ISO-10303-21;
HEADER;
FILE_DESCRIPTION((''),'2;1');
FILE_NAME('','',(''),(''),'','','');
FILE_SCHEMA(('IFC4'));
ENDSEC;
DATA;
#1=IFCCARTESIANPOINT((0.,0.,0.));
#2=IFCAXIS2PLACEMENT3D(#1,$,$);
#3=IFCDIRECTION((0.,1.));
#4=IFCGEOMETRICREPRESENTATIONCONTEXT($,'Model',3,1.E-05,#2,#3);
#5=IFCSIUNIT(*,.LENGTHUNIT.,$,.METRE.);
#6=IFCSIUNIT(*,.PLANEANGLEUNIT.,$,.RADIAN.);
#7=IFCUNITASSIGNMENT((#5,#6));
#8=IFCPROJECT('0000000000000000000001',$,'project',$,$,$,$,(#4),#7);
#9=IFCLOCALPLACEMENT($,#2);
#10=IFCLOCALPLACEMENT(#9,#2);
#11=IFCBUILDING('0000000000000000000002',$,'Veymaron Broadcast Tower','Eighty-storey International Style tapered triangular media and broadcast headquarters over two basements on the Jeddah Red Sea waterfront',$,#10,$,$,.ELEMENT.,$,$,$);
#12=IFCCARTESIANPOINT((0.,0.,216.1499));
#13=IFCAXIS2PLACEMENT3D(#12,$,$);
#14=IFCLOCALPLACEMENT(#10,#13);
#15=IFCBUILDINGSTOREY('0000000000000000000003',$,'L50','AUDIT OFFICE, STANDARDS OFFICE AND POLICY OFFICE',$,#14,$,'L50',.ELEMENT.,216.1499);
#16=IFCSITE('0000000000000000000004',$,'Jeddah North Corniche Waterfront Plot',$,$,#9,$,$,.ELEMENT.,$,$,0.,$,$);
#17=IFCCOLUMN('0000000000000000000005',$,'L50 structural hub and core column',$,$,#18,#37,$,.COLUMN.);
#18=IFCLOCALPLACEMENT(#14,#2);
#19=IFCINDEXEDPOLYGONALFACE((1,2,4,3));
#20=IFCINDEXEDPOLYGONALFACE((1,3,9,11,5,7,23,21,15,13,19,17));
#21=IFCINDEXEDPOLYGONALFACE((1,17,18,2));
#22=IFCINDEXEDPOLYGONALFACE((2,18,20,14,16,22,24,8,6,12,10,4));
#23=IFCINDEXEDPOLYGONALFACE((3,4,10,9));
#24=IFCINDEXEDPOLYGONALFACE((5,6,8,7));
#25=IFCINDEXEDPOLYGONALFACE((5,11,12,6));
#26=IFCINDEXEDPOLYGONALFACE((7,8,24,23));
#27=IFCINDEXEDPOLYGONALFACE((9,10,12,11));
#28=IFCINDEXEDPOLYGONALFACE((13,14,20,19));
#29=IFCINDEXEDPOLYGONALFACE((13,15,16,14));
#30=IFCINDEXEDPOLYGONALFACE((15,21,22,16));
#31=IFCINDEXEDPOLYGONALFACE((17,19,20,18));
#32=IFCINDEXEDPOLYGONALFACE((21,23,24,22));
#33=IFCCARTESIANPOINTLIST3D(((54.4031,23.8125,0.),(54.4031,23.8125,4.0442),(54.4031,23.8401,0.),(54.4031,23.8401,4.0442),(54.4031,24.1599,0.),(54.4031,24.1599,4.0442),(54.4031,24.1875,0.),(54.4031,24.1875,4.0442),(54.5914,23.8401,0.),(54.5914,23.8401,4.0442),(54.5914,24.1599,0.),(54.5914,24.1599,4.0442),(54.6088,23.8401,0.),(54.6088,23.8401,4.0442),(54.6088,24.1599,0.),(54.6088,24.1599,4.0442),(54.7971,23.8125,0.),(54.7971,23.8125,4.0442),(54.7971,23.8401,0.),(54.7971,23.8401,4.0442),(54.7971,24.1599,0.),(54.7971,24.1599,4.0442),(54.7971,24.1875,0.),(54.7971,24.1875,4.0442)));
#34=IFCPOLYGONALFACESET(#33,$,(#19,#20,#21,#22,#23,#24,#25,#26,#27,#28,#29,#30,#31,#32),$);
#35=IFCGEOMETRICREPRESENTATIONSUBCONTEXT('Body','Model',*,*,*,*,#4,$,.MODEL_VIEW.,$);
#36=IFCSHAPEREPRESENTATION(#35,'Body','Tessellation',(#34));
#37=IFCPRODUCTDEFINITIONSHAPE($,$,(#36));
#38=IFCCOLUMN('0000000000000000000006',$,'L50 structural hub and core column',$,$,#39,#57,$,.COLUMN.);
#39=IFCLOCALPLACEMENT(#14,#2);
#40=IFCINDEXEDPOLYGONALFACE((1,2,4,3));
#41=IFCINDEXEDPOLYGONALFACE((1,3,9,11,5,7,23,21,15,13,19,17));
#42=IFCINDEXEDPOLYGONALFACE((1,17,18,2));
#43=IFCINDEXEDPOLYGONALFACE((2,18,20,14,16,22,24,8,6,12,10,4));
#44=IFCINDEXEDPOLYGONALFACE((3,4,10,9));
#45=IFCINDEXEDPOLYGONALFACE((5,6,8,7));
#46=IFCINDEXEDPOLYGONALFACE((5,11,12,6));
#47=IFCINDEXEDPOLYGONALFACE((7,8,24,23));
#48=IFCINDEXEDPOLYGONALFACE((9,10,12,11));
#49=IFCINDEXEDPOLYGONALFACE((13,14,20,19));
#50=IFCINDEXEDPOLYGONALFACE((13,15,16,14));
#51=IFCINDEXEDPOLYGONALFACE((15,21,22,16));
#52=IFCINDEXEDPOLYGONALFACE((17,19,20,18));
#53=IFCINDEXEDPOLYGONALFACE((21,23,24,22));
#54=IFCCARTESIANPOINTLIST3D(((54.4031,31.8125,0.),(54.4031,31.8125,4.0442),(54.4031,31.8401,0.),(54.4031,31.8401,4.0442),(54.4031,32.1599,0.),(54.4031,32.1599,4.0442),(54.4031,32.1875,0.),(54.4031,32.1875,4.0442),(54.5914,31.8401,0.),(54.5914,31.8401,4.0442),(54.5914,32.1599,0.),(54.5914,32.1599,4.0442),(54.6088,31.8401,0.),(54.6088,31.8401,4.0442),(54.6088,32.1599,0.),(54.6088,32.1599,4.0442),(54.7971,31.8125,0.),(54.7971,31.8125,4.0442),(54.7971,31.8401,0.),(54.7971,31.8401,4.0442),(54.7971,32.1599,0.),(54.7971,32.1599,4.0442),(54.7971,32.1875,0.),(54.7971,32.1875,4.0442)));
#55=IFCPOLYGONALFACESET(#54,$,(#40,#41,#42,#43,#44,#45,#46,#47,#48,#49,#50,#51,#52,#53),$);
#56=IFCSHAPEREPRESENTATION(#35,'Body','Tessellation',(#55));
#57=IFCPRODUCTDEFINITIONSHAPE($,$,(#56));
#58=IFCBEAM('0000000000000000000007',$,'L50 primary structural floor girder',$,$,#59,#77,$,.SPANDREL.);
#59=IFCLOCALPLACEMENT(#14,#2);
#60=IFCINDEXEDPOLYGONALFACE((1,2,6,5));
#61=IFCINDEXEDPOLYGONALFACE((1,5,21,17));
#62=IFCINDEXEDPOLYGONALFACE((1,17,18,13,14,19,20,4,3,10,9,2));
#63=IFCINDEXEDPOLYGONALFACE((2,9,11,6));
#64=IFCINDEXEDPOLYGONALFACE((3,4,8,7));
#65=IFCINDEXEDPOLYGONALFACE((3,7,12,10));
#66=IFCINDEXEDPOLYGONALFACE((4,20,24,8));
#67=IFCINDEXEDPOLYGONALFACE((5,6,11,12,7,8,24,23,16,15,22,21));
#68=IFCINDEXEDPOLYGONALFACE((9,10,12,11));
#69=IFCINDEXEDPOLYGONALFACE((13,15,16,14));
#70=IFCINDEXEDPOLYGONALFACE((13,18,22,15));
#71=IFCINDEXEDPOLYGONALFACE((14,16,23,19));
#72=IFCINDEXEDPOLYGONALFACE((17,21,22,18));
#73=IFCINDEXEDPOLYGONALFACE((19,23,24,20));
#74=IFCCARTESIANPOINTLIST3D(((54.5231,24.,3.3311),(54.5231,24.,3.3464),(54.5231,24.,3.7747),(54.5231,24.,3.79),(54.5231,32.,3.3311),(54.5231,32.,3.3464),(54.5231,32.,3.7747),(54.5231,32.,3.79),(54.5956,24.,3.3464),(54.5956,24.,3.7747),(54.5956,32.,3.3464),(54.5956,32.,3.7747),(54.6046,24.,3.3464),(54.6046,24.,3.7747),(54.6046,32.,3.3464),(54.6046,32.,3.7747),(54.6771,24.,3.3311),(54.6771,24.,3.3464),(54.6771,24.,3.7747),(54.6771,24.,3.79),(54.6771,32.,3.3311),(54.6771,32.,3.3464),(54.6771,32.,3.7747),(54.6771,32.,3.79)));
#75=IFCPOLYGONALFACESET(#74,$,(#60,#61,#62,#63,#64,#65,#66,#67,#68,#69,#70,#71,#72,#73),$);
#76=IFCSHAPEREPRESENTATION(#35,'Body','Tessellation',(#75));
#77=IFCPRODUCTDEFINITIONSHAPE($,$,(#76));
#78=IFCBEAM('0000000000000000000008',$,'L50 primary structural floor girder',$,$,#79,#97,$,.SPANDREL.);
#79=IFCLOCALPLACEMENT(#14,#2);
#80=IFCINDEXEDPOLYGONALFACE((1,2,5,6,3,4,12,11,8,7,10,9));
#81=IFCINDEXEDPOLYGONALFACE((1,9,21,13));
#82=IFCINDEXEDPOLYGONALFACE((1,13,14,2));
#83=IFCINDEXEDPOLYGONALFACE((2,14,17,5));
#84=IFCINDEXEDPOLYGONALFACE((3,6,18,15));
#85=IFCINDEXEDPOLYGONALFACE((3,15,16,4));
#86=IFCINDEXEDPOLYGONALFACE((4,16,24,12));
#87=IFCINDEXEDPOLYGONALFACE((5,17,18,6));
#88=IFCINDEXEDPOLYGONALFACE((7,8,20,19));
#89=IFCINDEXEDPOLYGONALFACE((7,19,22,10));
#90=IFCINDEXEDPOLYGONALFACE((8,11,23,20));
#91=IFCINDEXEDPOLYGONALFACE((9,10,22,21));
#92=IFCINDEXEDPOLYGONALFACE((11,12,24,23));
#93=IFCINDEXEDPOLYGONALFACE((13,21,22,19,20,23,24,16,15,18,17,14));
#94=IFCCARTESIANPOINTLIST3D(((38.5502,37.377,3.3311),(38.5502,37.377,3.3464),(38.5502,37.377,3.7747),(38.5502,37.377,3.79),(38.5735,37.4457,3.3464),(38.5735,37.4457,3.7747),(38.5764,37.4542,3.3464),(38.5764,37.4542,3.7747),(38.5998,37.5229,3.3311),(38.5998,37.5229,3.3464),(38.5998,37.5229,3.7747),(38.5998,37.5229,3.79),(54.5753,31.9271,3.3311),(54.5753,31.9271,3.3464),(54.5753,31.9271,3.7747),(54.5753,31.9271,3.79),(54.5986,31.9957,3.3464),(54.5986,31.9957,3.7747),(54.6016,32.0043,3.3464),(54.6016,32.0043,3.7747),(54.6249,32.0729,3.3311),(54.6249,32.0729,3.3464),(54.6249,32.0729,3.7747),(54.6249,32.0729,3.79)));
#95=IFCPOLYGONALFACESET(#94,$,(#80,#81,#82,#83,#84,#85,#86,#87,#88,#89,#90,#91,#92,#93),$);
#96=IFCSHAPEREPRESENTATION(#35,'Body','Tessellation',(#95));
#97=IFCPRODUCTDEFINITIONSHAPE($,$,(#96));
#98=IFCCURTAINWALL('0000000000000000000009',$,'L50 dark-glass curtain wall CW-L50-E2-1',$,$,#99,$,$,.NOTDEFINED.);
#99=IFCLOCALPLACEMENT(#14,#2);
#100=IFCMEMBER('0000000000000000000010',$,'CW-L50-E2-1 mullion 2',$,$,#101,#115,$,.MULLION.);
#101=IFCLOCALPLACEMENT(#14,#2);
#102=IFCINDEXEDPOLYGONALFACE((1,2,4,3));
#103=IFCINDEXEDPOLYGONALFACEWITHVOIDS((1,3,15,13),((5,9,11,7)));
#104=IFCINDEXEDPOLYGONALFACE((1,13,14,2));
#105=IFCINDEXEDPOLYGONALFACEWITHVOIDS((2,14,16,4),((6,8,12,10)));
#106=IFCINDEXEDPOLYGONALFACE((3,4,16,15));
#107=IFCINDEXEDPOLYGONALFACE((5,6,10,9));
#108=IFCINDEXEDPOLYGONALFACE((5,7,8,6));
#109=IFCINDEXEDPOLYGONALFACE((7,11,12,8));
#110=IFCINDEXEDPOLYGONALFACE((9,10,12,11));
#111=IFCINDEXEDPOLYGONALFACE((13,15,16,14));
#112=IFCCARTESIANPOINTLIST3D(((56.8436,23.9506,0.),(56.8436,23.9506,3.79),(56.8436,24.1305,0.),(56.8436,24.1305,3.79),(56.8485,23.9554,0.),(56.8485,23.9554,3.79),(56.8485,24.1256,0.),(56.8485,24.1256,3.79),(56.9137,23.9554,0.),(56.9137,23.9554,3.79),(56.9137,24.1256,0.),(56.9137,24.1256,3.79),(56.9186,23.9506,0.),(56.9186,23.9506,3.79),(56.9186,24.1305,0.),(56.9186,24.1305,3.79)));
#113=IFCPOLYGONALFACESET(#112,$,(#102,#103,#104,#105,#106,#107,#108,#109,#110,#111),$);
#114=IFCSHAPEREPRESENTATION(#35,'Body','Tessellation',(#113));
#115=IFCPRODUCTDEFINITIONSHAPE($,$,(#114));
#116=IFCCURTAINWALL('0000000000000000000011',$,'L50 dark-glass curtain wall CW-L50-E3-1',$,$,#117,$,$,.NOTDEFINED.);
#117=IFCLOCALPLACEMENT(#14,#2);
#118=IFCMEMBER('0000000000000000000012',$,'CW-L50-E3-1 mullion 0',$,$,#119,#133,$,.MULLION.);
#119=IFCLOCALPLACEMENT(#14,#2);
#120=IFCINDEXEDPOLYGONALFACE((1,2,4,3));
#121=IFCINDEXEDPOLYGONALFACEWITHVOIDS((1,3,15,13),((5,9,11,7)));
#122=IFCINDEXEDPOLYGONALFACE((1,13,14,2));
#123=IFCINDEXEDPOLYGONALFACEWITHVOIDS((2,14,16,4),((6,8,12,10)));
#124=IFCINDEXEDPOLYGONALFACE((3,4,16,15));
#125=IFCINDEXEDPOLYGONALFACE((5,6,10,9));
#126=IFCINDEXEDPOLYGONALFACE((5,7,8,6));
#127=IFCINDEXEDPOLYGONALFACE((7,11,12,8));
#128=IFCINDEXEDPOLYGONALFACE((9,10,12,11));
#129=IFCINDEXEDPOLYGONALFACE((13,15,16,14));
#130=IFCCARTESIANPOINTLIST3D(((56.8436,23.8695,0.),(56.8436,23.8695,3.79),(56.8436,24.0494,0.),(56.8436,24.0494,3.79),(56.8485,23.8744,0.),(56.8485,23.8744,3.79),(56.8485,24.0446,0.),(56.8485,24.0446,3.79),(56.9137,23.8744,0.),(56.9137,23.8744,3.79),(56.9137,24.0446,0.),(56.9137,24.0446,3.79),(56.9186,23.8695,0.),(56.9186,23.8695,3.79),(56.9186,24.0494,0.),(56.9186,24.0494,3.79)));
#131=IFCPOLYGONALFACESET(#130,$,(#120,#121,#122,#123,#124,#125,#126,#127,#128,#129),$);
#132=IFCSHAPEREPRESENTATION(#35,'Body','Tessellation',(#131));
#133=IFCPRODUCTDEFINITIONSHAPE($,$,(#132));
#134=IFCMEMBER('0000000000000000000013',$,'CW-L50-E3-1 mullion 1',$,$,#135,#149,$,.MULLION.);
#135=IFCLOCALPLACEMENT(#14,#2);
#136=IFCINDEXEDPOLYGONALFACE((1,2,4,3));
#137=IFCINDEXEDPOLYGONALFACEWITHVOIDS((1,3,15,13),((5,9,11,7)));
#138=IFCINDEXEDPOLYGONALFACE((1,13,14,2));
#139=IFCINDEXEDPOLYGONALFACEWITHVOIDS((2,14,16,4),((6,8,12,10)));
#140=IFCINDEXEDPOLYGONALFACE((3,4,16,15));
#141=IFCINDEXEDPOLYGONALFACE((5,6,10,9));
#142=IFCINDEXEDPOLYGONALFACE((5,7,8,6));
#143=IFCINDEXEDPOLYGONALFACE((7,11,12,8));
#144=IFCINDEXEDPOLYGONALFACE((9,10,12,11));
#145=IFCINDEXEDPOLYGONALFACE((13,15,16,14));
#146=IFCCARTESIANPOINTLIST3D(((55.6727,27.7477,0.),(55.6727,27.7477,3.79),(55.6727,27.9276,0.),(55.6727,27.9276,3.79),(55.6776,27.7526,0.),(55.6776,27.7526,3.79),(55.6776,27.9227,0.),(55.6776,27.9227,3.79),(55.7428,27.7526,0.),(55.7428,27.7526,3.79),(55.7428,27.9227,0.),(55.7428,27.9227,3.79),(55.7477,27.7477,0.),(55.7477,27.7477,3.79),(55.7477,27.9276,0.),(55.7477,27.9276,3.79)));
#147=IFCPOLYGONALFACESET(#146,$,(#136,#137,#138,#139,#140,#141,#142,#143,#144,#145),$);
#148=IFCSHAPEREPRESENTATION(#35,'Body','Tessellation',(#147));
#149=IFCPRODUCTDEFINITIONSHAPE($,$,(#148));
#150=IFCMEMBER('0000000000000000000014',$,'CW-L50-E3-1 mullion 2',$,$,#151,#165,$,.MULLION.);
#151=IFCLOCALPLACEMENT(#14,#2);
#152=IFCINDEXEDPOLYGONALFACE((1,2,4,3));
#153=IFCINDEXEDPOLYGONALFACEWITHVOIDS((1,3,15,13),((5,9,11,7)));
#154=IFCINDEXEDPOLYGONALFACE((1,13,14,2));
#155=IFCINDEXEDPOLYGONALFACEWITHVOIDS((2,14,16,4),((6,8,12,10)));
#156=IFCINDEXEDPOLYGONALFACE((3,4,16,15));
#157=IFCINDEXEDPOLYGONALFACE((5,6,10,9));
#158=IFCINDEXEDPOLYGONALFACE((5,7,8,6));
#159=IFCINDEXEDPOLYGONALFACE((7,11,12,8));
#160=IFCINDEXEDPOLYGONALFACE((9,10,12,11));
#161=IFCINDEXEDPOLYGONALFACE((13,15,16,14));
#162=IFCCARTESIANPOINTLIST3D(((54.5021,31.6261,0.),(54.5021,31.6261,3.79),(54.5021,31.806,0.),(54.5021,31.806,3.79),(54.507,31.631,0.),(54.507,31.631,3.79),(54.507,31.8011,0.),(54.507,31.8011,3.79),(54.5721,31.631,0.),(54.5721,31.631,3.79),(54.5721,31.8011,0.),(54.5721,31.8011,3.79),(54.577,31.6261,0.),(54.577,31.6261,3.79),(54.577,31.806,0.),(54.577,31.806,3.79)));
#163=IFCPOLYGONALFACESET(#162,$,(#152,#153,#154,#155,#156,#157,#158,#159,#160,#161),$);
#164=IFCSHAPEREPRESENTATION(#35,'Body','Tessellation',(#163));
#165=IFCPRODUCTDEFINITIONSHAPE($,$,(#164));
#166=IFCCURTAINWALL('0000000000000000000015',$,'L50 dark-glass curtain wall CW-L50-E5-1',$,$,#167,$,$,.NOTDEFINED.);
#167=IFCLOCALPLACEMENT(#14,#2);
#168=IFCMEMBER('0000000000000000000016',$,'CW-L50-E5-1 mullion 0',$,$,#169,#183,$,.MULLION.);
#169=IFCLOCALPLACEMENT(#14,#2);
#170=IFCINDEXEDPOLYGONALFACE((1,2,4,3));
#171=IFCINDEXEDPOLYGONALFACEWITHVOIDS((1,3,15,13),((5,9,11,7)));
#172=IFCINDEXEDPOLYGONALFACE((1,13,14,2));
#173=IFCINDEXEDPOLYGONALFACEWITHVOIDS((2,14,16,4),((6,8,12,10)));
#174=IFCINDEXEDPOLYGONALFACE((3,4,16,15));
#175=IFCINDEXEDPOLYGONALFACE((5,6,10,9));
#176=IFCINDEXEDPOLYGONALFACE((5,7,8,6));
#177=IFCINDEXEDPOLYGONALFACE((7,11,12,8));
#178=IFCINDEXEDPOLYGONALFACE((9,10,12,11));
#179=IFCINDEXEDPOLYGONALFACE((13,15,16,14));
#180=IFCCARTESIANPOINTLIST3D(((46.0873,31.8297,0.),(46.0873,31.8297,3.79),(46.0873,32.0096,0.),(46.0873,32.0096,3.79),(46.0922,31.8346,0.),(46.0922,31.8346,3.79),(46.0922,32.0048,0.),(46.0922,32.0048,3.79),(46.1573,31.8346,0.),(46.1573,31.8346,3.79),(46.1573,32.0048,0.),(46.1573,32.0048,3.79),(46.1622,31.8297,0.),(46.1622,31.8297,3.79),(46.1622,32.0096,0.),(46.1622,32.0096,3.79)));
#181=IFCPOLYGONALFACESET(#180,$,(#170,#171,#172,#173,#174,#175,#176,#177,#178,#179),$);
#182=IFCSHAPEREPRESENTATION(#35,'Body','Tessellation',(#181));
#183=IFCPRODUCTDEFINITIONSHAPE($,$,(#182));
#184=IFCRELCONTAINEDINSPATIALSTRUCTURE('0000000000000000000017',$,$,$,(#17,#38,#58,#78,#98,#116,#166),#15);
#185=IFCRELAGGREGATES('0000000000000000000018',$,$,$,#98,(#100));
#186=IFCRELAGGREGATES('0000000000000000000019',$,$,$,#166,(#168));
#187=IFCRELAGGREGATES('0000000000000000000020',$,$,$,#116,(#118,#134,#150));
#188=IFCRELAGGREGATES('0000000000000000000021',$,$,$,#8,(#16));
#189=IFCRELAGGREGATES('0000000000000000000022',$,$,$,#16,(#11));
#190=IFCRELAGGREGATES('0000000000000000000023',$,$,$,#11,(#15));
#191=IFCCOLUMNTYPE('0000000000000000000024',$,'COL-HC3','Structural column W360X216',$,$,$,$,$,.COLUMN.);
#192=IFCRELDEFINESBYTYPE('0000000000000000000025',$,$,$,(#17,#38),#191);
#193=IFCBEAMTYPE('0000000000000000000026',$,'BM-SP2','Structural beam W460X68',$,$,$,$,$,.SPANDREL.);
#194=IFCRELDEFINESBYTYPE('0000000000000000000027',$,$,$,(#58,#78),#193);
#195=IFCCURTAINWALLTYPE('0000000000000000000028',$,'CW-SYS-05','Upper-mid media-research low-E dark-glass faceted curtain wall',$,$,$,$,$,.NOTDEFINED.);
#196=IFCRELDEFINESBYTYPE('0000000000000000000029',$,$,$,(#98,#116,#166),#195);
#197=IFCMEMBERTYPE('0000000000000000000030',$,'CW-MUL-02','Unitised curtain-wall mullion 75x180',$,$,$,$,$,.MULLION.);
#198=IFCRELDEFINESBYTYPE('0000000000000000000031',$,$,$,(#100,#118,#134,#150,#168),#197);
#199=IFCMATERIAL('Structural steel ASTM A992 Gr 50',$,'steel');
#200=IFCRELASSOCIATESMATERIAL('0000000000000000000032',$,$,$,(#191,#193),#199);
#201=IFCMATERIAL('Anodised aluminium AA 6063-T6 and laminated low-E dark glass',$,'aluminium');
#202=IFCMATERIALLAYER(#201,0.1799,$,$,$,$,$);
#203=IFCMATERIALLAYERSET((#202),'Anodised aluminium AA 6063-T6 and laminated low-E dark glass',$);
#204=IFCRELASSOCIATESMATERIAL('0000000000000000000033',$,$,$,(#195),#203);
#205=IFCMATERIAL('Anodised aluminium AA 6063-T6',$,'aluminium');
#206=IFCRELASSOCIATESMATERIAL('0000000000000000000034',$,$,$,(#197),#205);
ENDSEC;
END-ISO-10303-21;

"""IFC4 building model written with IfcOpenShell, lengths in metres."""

from ifc_helpers import new_model, si_unit, direction, frame, origin, origin_2d, place, context, subcontext, project, spatial, hollow_rectangle, i_section, extrude, material, layer, layer_set, material_profile, profile_set, type_object, element, aggregate, save


model = new_model("IFC4")

# Units and contexts
model_context = context("Model", 3, precision=1e-05, world=origin(), true_north=direction((0.0, 1.0)))
body_context = subcontext(model_context, "Body", "Model", "MODEL_VIEW")
ifc_project = project(units=[si_unit("LENGTHUNIT", "METRE"), si_unit("PLANEANGLEUNIT", "RADIAN")], contexts=[model_context])

# Site, building, storey
site_placement = place(None, origin())
site = spatial("IfcSite", under=ifc_project, at=site_placement, Name="Jeddah North Corniche Waterfront Plot", CompositionType="ELEMENT", RefElevation=0.0)
building_placement = place(site_placement, origin())
building = spatial("IfcBuilding", under=site, at=building_placement, Name="Veymaron Broadcast Tower", Description="Eighty-storey International Style tapered triangular media and broadcast headquarters over two basements on the Jeddah Red Sea waterfront", CompositionType="ELEMENT")
storey_placement = place(building_placement, frame((0.0, 0.0, 216.1499)))
storey = spatial("IfcBuildingStorey", under=building, at=storey_placement, Name="L50", Description="AUDIT OFFICE, STANDARDS OFFICE AND POLICY OFFICE", LongName="L50", CompositionType="ELEMENT", Elevation=216.1499)

# Columns
ifc_material_1 = material(Name="Structural steel ASTM A992 Gr 50", Category="steel")
ifc_material_profile_1 = material_profile(ifc_material_1, i_section(OverallWidth=0.394, OverallDepth=0.375, WebThickness=0.0173, FlangeThickness=0.0276, at=origin_2d()), Name="W360X216")
ifc_profile_set_1 = profile_set([ifc_material_profile_1], Name="Structural steel ASTM A992 Gr 50")
column_type = type_object("IfcColumnType", Name="COL-HC3", Description="Structural column W360X216", PredefinedType="COLUMN", material=ifc_profile_set_1)
for number, where, z_axis, x_axis, name in (
    (1, (54.6001, 24.0, 0.0), (0.0, 0.0, 1.0), (1.0, 0.0, 0.0), "L50 structural hub and core column"),
    (2, (54.6001, 32.0, 0.0), (0.0, 0.0, 1.0), (1.0, 0.0, 0.0), "L50 structural hub and core column"),
):
    element("IfcColumn", number, at=place(storey_placement, frame(where, z_axis=z_axis, x_axis=x_axis)), inside=storey, type_object=column_type, Name=name, PredefinedType="COLUMN", context=body_context, shape_type="SweptSolid", body=[
        extrude(i_section(OverallWidth=0.394, OverallDepth=0.375, WebThickness=0.0173, FlangeThickness=0.0276, at=origin_2d()), origin(), (0.0, 0.0, 1.0), 4.0442),
    ])

# Beams
ifc_material_profile_2 = material_profile(ifc_material_1, i_section(OverallWidth=0.1541, OverallDepth=0.459, WebThickness=0.009, FlangeThickness=0.0154, at=origin_2d()), Name="W460X68")
ifc_profile_set_2 = profile_set([ifc_material_profile_2], Name="Structural steel ASTM A992 Gr 50")
beam_type = type_object("IfcBeamType", Name="BM-SP2", Description="Structural beam W460X68", PredefinedType="SPANDREL", material=ifc_profile_set_2)
beam_1_placement = place(storey_placement, frame((54.6001, 24.0, 3.5605), z_axis=(0.0, 1.0, 0.0), x_axis=(-1.0, 0.0, 0.0)))
element("IfcBeam", 3, at=beam_1_placement, inside=storey, type_object=beam_type, Name="L50 primary structural floor girder", PredefinedType="SPANDREL", context=body_context, shape_type="SweptSolid", body=[
    extrude(i_section(OverallWidth=0.1541, OverallDepth=0.459, WebThickness=0.009, FlangeThickness=0.0154, at=origin_2d()), origin(), (0.0, 0.0, 1.0), 8.0),
])
beam_2_placement = place(storey_placement, frame((54.6001, 32.0, 3.5605), z_axis=(-0.946748, 0.321977, 0.0), x_axis=(-0.321977, -0.946748, 0.0)))
element("IfcBeam", 4, at=beam_2_placement, inside=storey, type_object=beam_type, Name="L50 primary structural floor girder", PredefinedType="SPANDREL", context=body_context, shape_type="SweptSolid", body=[
    extrude(i_section(OverallWidth=0.1541, OverallDepth=0.459, WebThickness=0.009, FlangeThickness=0.0154, at=origin_2d()), origin(), (0.0, 0.0, 1.0), 16.9265),
])

# Curtain wall, member
ifc_material_2 = material(Name="Anodised aluminium AA 6063-T6 and laminated low-E dark glass", Category="aluminium")
ifc_layer_1 = layer(ifc_material_2, 0.1799)
ifc_layer_set_1 = layer_set([ifc_layer_1], Name="Anodised aluminium AA 6063-T6 and laminated low-E dark glass")
curtain_wall_type = type_object("IfcCurtainWallType", Name="CW-SYS-05", Description="Upper-mid media-research low-E dark-glass faceted curtain wall", PredefinedType="NOTDEFINED", material=ifc_layer_set_1)
curtain_wall_1_placement = place(storey_placement, origin())
curtain_wall_1 = element("IfcCurtainWall", 5, at=curtain_wall_1_placement, inside=storey, type_object=curtain_wall_type, Name="L50 dark-glass curtain wall CW-L50-E2-1", PredefinedType="NOTDEFINED")
ifc_material_3 = material(Name="Anodised aluminium AA 6063-T6", Category="aluminium")
ifc_material_profile_3 = material_profile(ifc_material_3, hollow_rectangle(XDim=0.075, YDim=0.1799, WallThickness=0.0049, at=origin_2d()), Name="AL180X75X5")
ifc_profile_set_3 = profile_set([ifc_material_profile_3], Name="Anodised aluminium AA 6063-T6")
member_type_1 = type_object("IfcMemberType", Name="CW-MUL-02", Description="Unitised curtain-wall mullion 75x180", PredefinedType="MULLION", material=ifc_profile_set_3)
member_1_placement = place(storey_placement, frame((56.8811, 24.0405, 0.0), z_axis=(0.0, 0.0, 1.0), x_axis=(1.0, 0.0, 0.0)))
member_1 = element("IfcMember", 6, at=member_1_placement, type_object=member_type_1, Name="CW-L50-E2-1 mullion 2", PredefinedType="MULLION", context=body_context, shape_type="SweptSolid", body=[
    extrude(hollow_rectangle(XDim=0.075, YDim=0.1799, WallThickness=0.0049, at=origin_2d()), origin(), (0.0, 0.0, 1.0), 3.79),
])
aggregate(curtain_wall_1, [member_1])

# Curtain wall, members
curtain_wall_2_placement = place(storey_placement, origin())
curtain_wall_2 = element("IfcCurtainWall", 7, at=curtain_wall_2_placement, inside=storey, type_object=curtain_wall_type, Name="L50 dark-glass curtain wall CW-L50-E3-1", PredefinedType="NOTDEFINED")
member_2_placement = place(storey_placement, frame((56.8811, 23.9595, 0.0), z_axis=(0.0, 0.0, 1.0), x_axis=(1.0, 0.0, 0.0)))
member_2 = element("IfcMember", 8, at=member_2_placement, type_object=member_type_1, Name="CW-L50-E3-1 mullion 0", PredefinedType="MULLION", context=body_context, shape_type="SweptSolid", body=[
    extrude(hollow_rectangle(XDim=0.075, YDim=0.1799, WallThickness=0.0049, at=origin_2d()), origin(), (0.0, 0.0, 1.0), 3.79),
])
member_3_placement = place(storey_placement, frame((55.7102, 27.8376, 0.0), z_axis=(0.0, 0.0, 1.0), x_axis=(1.0, 0.0, 0.0)))
member_3 = element("IfcMember", 9, at=member_3_placement, type_object=member_type_1, Name="CW-L50-E3-1 mullion 1", PredefinedType="MULLION", context=body_context, shape_type="SweptSolid", body=[
    extrude(hollow_rectangle(XDim=0.075, YDim=0.1799, WallThickness=0.0049, at=origin_2d()), origin(), (0.0, 0.0, 1.0), 3.79),
])
member_4_placement = place(storey_placement, frame((54.5396, 31.7161, 0.0), z_axis=(0.0, 0.0, 1.0), x_axis=(1.0, 0.0, 0.0)))
member_4 = element("IfcMember", 10, at=member_4_placement, type_object=member_type_1, Name="CW-L50-E3-1 mullion 2", PredefinedType="MULLION", context=body_context, shape_type="SweptSolid", body=[
    extrude(hollow_rectangle(XDim=0.075, YDim=0.1799, WallThickness=0.0049, at=origin_2d()), origin(), (0.0, 0.0, 1.0), 3.79),
])

# Curtain wall, member
curtain_wall_3_placement = place(storey_placement, origin())
curtain_wall_3 = element("IfcCurtainWall", 11, at=curtain_wall_3_placement, inside=storey, type_object=curtain_wall_type, Name="L50 dark-glass curtain wall CW-L50-E5-1", PredefinedType="NOTDEFINED")
member_5_placement = place(storey_placement, frame((46.1248, 31.9197, 0.0), z_axis=(0.0, 0.0, 1.0), x_axis=(1.0, 0.0, 0.0)))
member_5 = element("IfcMember", 12, at=member_5_placement, type_object=member_type_1, Name="CW-L50-E5-1 mullion 0", PredefinedType="MULLION", context=body_context, shape_type="SweptSolid", body=[
    extrude(hollow_rectangle(XDim=0.075, YDim=0.1799, WallThickness=0.0049, at=origin_2d()), origin(), (0.0, 0.0, 1.0), 3.79),
])
aggregate(curtain_wall_3, [member_5])

aggregate(curtain_wall_2, [member_2, member_3, member_4])

save(model, "model.ifc")
